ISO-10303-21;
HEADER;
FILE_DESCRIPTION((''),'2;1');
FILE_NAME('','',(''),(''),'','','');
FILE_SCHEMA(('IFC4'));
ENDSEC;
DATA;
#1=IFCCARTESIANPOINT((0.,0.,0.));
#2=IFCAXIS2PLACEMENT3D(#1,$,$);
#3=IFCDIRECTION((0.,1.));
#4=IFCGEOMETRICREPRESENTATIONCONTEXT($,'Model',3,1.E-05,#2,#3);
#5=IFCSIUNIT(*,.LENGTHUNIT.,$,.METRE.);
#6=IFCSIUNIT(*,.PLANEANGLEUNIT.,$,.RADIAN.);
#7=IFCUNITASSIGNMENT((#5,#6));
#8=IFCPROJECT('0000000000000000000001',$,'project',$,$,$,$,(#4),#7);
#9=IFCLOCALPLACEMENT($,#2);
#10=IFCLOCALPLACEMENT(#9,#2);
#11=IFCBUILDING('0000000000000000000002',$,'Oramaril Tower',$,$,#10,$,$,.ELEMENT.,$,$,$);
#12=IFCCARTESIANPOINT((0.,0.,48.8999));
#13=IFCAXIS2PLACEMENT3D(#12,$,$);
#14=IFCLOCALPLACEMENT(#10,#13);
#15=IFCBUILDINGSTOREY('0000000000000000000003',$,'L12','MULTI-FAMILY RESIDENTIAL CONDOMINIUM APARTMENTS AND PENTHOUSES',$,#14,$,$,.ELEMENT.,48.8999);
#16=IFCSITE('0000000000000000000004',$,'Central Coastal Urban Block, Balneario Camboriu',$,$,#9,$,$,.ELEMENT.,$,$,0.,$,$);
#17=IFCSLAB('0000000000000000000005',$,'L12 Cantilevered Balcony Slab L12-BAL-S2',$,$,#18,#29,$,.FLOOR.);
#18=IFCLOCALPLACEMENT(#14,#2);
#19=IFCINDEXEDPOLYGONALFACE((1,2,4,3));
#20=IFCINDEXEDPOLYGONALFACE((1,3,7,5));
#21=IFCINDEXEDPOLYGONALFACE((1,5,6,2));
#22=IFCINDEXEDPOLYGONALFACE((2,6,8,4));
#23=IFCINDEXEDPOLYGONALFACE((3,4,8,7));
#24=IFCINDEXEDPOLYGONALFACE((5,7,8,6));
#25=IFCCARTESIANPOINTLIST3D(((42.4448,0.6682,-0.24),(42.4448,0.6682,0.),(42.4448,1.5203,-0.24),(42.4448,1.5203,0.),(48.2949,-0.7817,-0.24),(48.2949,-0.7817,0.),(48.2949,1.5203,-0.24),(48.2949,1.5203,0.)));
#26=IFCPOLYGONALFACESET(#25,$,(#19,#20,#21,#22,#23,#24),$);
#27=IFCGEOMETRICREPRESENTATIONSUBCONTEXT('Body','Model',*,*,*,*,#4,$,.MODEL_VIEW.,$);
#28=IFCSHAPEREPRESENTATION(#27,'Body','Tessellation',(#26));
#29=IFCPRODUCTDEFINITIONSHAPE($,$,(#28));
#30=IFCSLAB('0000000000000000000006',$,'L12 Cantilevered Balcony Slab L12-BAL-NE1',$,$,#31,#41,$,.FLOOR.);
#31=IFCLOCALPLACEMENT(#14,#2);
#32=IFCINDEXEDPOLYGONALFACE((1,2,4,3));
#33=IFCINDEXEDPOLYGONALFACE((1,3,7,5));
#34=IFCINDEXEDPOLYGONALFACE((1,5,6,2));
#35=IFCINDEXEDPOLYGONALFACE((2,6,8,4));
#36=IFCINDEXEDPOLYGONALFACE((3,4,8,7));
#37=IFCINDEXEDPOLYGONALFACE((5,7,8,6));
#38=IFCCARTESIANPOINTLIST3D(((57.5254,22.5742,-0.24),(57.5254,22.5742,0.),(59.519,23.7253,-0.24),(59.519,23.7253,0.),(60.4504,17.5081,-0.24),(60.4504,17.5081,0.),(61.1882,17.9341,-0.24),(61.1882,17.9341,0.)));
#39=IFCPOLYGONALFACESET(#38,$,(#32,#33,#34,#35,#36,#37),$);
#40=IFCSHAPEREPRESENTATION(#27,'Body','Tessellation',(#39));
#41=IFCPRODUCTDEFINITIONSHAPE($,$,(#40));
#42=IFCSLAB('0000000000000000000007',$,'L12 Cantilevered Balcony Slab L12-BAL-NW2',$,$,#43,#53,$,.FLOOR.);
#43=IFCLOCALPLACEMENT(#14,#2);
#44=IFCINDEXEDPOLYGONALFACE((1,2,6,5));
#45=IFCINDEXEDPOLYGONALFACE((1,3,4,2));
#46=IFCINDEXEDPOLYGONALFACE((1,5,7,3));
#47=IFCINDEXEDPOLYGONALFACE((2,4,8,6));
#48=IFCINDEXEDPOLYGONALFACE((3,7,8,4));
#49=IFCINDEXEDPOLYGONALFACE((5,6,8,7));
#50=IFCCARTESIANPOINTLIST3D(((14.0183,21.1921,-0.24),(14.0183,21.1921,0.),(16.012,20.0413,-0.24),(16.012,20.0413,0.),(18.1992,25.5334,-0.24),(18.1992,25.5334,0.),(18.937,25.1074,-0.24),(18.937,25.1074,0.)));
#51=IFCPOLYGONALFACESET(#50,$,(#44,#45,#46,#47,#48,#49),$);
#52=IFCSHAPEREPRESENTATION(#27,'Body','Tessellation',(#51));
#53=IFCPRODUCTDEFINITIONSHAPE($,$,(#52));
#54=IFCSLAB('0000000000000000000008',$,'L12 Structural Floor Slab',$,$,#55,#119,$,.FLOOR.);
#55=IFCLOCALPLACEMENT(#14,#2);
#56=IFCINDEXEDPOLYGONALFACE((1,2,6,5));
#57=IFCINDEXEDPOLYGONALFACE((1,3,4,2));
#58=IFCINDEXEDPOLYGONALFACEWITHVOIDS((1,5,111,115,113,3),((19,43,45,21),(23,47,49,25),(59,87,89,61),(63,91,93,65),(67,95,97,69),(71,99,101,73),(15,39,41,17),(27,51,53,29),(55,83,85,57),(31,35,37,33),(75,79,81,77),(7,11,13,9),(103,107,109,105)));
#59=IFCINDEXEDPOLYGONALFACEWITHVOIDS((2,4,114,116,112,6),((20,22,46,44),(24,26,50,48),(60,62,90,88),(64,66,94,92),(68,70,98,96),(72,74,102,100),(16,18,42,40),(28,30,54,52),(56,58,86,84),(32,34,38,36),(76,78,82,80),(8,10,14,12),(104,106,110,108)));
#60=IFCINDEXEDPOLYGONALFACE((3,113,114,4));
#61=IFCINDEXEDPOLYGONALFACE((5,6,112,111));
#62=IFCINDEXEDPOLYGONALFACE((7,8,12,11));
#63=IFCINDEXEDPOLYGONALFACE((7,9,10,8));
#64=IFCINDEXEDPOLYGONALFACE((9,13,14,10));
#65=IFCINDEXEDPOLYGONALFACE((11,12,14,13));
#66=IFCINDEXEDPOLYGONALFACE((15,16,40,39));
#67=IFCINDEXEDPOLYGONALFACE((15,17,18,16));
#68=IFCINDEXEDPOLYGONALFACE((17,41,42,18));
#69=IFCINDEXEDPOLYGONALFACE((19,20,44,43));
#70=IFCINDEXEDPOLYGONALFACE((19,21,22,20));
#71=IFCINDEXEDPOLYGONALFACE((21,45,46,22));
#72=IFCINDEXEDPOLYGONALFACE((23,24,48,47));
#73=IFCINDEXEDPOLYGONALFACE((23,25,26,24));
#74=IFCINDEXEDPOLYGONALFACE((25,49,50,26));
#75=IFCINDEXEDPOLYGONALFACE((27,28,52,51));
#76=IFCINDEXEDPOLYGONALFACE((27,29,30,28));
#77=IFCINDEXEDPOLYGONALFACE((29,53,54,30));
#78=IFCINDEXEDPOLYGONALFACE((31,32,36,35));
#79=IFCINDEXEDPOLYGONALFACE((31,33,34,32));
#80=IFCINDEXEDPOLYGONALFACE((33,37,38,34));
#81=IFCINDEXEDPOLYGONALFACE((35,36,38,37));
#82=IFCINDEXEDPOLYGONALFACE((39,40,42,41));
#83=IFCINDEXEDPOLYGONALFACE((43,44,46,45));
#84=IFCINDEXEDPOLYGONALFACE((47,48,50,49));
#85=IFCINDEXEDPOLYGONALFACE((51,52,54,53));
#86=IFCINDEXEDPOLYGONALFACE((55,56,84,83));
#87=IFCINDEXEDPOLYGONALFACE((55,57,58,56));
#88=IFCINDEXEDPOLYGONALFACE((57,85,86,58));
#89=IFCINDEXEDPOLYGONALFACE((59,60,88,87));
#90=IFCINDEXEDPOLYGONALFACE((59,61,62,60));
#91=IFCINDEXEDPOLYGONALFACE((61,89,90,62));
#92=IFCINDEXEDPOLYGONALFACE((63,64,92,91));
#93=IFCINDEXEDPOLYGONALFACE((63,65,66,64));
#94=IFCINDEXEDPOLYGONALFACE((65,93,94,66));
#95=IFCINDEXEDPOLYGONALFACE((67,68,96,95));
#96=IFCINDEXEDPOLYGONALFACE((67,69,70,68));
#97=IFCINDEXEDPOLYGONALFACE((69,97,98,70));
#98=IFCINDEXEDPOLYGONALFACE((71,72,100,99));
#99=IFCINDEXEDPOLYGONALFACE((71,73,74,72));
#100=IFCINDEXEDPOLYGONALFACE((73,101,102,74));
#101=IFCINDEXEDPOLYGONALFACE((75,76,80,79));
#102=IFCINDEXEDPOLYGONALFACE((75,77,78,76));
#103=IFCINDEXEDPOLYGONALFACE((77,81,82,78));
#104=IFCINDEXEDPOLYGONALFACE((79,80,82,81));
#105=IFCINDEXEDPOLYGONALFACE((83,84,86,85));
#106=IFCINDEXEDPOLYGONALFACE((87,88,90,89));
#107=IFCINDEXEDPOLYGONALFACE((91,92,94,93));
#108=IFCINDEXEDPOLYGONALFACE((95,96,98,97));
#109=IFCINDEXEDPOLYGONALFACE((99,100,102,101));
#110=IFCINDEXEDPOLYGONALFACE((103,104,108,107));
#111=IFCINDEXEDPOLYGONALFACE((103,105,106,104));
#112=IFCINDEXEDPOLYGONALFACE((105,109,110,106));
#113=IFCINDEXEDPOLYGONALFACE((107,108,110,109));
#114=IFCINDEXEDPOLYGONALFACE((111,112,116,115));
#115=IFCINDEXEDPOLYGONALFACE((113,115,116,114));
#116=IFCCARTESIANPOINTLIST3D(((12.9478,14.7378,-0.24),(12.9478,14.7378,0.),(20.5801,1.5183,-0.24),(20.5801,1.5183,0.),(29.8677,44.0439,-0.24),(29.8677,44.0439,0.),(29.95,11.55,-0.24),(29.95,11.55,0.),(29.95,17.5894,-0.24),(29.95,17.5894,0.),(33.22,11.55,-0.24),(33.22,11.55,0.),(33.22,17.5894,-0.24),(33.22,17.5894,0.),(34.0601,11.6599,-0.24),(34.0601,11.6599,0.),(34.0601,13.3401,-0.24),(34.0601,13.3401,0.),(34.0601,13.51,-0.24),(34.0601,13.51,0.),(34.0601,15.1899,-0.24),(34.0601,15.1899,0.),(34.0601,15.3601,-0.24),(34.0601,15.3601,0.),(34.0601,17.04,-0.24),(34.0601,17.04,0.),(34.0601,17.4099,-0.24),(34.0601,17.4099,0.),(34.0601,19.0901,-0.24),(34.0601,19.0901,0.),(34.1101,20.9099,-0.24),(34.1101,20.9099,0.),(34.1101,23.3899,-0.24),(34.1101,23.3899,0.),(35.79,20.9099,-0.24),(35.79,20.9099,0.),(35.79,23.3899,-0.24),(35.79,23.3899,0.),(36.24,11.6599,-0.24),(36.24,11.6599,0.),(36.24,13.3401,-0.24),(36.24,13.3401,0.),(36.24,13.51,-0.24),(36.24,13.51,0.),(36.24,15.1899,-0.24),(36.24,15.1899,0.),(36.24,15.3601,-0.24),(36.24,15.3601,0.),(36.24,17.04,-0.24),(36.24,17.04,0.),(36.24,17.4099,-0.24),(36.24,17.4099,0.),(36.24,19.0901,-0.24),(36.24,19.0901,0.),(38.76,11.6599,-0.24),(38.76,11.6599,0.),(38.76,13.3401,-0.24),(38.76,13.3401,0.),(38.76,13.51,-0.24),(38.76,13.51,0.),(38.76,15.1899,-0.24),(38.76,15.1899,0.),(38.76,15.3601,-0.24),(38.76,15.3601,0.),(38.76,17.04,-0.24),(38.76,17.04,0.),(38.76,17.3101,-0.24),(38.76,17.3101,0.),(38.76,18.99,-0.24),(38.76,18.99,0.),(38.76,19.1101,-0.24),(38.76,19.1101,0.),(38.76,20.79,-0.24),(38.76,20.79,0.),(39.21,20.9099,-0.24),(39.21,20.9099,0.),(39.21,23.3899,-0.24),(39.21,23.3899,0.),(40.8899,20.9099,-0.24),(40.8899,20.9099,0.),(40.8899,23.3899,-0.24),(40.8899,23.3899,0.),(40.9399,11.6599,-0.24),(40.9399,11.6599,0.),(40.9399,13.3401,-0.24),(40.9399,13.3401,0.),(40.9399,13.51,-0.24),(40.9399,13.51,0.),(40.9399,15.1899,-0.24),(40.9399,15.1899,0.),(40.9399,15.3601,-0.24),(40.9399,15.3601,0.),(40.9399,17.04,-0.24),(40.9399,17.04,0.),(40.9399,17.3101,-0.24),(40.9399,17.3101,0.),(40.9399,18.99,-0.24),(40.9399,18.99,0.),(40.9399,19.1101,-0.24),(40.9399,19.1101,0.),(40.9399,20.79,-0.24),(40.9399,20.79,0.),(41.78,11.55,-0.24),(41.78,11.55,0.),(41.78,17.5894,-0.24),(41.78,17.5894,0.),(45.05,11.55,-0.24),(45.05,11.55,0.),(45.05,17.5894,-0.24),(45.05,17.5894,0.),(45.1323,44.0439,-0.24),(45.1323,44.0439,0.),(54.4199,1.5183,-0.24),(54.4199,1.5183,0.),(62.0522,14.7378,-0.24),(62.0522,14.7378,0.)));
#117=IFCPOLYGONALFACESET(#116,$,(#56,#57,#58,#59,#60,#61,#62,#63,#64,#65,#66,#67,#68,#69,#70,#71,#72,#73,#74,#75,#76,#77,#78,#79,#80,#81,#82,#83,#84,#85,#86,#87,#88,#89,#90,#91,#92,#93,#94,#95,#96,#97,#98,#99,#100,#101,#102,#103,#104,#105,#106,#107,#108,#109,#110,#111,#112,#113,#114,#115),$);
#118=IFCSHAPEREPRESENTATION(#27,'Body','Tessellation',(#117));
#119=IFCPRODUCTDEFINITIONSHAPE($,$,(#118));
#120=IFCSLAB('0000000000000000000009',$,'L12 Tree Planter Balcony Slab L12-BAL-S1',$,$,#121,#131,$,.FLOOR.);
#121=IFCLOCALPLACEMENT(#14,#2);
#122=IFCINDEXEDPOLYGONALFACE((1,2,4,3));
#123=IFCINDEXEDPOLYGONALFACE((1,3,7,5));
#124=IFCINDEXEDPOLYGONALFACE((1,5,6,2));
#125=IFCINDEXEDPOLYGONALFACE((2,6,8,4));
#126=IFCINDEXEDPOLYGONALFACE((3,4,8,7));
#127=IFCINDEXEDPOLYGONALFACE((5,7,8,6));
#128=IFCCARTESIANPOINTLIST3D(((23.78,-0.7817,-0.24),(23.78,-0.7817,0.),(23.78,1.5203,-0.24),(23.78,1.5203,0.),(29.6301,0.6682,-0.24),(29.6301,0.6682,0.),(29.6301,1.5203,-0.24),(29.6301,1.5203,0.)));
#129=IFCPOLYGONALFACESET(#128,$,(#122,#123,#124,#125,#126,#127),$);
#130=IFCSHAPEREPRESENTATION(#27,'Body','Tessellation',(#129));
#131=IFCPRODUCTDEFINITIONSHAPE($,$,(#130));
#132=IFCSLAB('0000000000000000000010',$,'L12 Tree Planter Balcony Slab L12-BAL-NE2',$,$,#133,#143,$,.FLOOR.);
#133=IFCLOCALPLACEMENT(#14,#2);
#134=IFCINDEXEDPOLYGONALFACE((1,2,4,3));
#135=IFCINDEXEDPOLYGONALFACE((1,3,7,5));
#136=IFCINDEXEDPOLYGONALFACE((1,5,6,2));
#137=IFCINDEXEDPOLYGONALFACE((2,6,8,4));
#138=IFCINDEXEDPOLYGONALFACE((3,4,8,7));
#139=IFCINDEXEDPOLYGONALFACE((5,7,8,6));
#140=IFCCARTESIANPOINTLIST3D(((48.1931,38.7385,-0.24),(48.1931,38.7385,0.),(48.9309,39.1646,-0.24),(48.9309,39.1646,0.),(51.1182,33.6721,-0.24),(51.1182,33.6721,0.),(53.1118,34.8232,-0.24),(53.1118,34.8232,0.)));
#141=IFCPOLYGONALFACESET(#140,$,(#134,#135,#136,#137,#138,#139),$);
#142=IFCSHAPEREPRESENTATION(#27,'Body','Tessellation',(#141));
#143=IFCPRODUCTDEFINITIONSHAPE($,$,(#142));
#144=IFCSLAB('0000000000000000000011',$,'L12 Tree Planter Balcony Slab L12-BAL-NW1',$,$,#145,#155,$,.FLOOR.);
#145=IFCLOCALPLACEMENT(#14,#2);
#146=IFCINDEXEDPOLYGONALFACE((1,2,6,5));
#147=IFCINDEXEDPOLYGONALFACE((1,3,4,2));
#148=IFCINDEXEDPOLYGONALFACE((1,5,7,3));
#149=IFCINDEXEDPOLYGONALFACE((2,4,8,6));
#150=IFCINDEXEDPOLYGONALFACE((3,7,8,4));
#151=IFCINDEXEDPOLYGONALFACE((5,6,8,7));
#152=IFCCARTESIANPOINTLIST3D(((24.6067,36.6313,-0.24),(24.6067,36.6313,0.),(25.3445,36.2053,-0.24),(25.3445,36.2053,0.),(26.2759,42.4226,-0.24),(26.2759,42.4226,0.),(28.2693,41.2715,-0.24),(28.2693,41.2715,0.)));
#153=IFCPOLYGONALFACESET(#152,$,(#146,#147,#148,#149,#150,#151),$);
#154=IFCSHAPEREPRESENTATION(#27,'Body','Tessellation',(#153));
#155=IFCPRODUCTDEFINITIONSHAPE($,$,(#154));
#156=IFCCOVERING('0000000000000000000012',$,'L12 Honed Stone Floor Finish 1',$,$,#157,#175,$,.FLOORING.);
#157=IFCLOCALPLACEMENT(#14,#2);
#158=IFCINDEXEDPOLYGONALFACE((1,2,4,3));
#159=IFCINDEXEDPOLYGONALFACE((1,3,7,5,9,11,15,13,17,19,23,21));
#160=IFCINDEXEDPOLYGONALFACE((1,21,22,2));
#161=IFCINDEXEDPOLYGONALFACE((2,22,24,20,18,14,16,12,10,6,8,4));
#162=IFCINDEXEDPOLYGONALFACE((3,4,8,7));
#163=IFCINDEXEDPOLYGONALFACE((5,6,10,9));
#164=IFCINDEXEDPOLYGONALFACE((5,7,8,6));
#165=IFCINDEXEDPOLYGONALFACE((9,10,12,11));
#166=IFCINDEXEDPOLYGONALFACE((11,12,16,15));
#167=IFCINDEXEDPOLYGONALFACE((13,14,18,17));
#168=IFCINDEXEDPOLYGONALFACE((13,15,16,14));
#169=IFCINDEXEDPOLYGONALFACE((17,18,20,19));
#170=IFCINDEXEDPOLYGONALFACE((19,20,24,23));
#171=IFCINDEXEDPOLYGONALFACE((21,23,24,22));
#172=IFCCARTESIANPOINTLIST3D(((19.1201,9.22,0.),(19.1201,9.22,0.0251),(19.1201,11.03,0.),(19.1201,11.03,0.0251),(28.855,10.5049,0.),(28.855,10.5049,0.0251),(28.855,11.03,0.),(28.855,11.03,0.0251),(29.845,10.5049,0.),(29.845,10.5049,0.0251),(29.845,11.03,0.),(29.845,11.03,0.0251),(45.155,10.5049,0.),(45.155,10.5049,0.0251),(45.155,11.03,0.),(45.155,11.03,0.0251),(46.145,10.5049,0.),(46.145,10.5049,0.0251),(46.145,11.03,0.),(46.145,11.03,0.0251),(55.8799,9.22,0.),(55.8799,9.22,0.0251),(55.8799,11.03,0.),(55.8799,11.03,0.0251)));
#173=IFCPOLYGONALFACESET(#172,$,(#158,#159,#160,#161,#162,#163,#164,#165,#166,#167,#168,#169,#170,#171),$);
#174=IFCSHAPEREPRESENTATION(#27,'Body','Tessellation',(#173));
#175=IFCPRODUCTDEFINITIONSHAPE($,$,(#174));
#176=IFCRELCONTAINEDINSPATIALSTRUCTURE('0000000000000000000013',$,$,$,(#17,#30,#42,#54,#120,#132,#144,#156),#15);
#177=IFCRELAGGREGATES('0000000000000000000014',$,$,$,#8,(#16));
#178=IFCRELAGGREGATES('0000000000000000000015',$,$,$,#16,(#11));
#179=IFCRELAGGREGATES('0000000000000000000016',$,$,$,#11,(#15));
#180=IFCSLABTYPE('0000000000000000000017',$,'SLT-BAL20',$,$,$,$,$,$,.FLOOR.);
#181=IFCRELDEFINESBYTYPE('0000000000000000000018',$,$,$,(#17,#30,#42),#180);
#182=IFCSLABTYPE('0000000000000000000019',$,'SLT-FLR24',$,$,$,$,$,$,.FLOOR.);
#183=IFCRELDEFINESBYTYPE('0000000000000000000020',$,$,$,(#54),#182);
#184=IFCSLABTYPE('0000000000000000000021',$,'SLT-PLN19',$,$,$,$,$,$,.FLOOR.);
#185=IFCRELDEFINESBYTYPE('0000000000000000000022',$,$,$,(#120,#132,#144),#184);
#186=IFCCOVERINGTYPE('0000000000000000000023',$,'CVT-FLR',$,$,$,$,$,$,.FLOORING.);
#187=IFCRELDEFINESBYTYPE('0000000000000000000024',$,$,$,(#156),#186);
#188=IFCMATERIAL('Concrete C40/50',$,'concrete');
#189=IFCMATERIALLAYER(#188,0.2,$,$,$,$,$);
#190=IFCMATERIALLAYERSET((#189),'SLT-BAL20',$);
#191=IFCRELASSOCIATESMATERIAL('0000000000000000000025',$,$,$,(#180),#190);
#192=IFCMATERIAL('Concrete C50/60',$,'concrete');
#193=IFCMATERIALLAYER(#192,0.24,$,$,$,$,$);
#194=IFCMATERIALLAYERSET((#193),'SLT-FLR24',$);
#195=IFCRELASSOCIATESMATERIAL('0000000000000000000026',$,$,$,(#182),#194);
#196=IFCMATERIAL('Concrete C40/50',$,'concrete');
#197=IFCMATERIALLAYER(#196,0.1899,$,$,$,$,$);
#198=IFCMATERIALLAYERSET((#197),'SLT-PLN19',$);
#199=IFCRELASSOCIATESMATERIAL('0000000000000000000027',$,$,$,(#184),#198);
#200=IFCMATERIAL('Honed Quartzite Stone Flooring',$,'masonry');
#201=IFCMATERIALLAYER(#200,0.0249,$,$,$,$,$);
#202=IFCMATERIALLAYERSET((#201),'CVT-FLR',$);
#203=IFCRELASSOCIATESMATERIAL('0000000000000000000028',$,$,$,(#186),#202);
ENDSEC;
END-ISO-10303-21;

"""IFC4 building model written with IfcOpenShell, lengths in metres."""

from ifc_helpers import new_model, si_unit, direction, frame, origin, place, context, subcontext, project, spatial, polyline, outline, extrude, material, layer, layer_set, type_object, element, save


model = new_model("IFC4")

# Units and contexts
model_context = context("Model", 3, precision=1e-05, world=origin(), true_north=direction((0.0, 1.0)))
body_context = subcontext(model_context, "Body", "Model", "MODEL_VIEW")
ifc_project = project(units=[si_unit("LENGTHUNIT", "METRE"), si_unit("PLANEANGLEUNIT", "RADIAN")], contexts=[model_context])

# Site, building, storey
site_placement = place(None, origin())
site = spatial("IfcSite", under=ifc_project, at=site_placement, Name="Central Coastal Urban Block, Balneario Camboriu", CompositionType="ELEMENT", RefElevation=0.0)
building_placement = place(site_placement, origin())
building = spatial("IfcBuilding", under=site, at=building_placement, Name="Oramaril Tower", CompositionType="ELEMENT")
storey_placement = place(building_placement, frame((0.0, 0.0, 48.8999)))
storey = spatial("IfcBuildingStorey", under=building, at=storey_placement, Name="L12", Description="MULTI-FAMILY RESIDENTIAL CONDOMINIUM APARTMENTS AND PENTHOUSES", CompositionType="ELEMENT", Elevation=48.8999)

# Slabs
ifc_material_1 = material(Name="Concrete C40/50", Category="concrete")
ifc_layer_1 = layer(ifc_material_1, 0.2)
ifc_layer_set_1 = layer_set([ifc_layer_1], Name="SLT-BAL20")
slab_type_1 = type_object("IfcSlabType", Name="SLT-BAL20", PredefinedType="FLOOR", material=ifc_layer_set_1)
slab_1_placement = place(storey_placement, frame((0.0, 0.0, -0.24)))
element("IfcSlab", 1, at=slab_1_placement, inside=storey, type_object=slab_type_1, Name="L12 Cantilevered Balcony Slab L12-BAL-S2", PredefinedType="FLOOR", context=body_context, shape_type="SweptSolid", body=[
    extrude(outline(polyline([(42.4448, 1.5203), (48.2949, 1.5203), (48.2949, -0.7817), (42.4448, 0.6682), (42.4448, 1.5203)])), origin(), (0.0, 0.0, 1.0), 0.24),
])
slab_2_placement = place(storey_placement, frame((0.0, 0.0, -0.24)))
element("IfcSlab", 2, at=slab_2_placement, inside=storey, type_object=slab_type_1, Name="L12 Cantilevered Balcony Slab L12-BAL-NE1", PredefinedType="FLOOR", context=body_context, shape_type="SweptSolid", body=[
    extrude(outline(polyline([(60.4504, 17.5081), (57.5254, 22.5742), (59.519, 23.7253), (61.1882, 17.9341), (60.4504, 17.5081)])), origin(), (0.0, 0.0, 1.0), 0.24),
])
slab_3_placement = place(storey_placement, frame((0.0, 0.0, -0.24)))
element("IfcSlab", 3, at=slab_3_placement, inside=storey, type_object=slab_type_1, Name="L12 Cantilevered Balcony Slab L12-BAL-NW2", PredefinedType="FLOOR", context=body_context, shape_type="SweptSolid", body=[
    extrude(outline(polyline([(18.937, 25.1074), (16.012, 20.0413), (14.0183, 21.1921), (18.1992, 25.5334), (18.937, 25.1074)])), origin(), (0.0, 0.0, 1.0), 0.24),
])
ifc_material_2 = material(Name="Concrete C50/60", Category="concrete")
ifc_layer_2 = layer(ifc_material_2, 0.24)
ifc_layer_set_2 = layer_set([ifc_layer_2], Name="SLT-FLR24")
slab_type_2 = type_object("IfcSlabType", Name="SLT-FLR24", PredefinedType="FLOOR", material=ifc_layer_set_2)
slab_4_placement = place(storey_placement, frame((0.0, 0.0, -0.24)))
element("IfcSlab", 4, at=slab_4_placement, inside=storey, type_object=slab_type_2, Name="L12 Structural Floor Slab", PredefinedType="FLOOR", context=body_context, shape_type="SweptSolid", body=[
    extrude(outline(polyline([(12.9478, 14.7378), (20.5801, 1.5183), (54.4199, 1.5183), (62.0522, 14.7378), (45.1323, 44.0439), (29.8677, 44.0439), (12.9478, 14.7378)]), holes=[polyline([(29.95, 17.5894), (29.95, 11.55), (33.22, 11.55), (33.22, 17.5894), (29.95, 17.5894)]), polyline([(41.78, 17.5894), (41.78, 11.55), (45.05, 11.55), (45.05, 17.5894), (41.78, 17.5894)]), polyline([(34.1101, 20.9099), (35.79, 20.9099), (35.79, 23.3899), (34.1101, 23.3899), (34.1101, 20.9099)]), polyline([(39.21, 20.9099), (40.8899, 20.9099), (40.8899, 23.3899), (39.21, 23.3899), (39.21, 20.9099)]), polyline([(34.0601, 11.6599), (36.24, 11.6599), (36.24, 13.3401), (34.0601, 13.3401), (34.0601, 11.6599)]), polyline([(34.0601, 13.51), (36.24, 13.51), (36.24, 15.1899), (34.0601, 15.1899), (34.0601, 13.51)]), polyline([(34.0601, 15.3601), (36.24, 15.3601), (36.24, 17.04), (34.0601, 17.04), (34.0601, 15.3601)]), polyline([(38.76, 11.6599), (40.9399, 11.6599), (40.9399, 13.3401), (38.76, 13.3401), (38.76, 11.6599)]), polyline([(38.76, 13.51), (40.9399, 13.51), (40.9399, 15.1899), (38.76, 15.1899), (38.76, 13.51)]), polyline([(38.76, 15.3601), (40.9399, 15.3601), (40.9399, 17.04), (38.76, 17.04), (38.76, 15.3601)]), polyline([(34.0601, 17.4099), (36.24, 17.4099), (36.24, 19.0901), (34.0601, 19.0901), (34.0601, 17.4099)]), polyline([(38.76, 17.3101), (40.9399, 17.3101), (40.9399, 18.99), (38.76, 18.99), (38.76, 17.3101)]), polyline([(38.76, 19.1101), (40.9399, 19.1101), (40.9399, 20.79), (38.76, 20.79), (38.76, 19.1101)])]), origin(), (0.0, 0.0, 1.0), 0.24),
])
ifc_material_3 = material(Name="Concrete C40/50", Category="concrete")
ifc_layer_3 = layer(ifc_material_3, 0.1899)
ifc_layer_set_3 = layer_set([ifc_layer_3], Name="SLT-PLN19")
slab_type_3 = type_object("IfcSlabType", Name="SLT-PLN19", PredefinedType="FLOOR", material=ifc_layer_set_3)
slab_5_placement = place(storey_placement, frame((0.0, 0.0, -0.24)))
element("IfcSlab", 5, at=slab_5_placement, inside=storey, type_object=slab_type_3, Name="L12 Tree Planter Balcony Slab L12-BAL-S1", PredefinedType="FLOOR", context=body_context, shape_type="SweptSolid", body=[
    extrude(outline(polyline([(23.78, 1.5203), (29.6301, 1.5203), (29.6301, 0.6682), (23.78, -0.7817), (23.78, 1.5203)])), origin(), (0.0, 0.0, 1.0), 0.24),
])
slab_6_placement = place(storey_placement, frame((0.0, 0.0, -0.24)))
element("IfcSlab", 6, at=slab_6_placement, inside=storey, type_object=slab_type_3, Name="L12 Tree Planter Balcony Slab L12-BAL-NE2", PredefinedType="FLOOR", context=body_context, shape_type="SweptSolid", body=[
    extrude(outline(polyline([(51.1182, 33.6721), (48.1931, 38.7385), (48.9309, 39.1646), (53.1118, 34.8232), (51.1182, 33.6721)])), origin(), (0.0, 0.0, 1.0), 0.24),
])
slab_7_placement = place(storey_placement, frame((0.0, 0.0, -0.24)))
element("IfcSlab", 7, at=slab_7_placement, inside=storey, type_object=slab_type_3, Name="L12 Tree Planter Balcony Slab L12-BAL-NW1", PredefinedType="FLOOR", context=body_context, shape_type="SweptSolid", body=[
    extrude(outline(polyline([(28.2693, 41.2715), (25.3445, 36.2053), (24.6067, 36.6313), (26.2759, 42.4226), (28.2693, 41.2715)])), origin(), (0.0, 0.0, 1.0), 0.24),
])

# Covering
ifc_material_4 = material(Name="Honed Quartzite Stone Flooring", Category="masonry")
ifc_layer_4 = layer(ifc_material_4, 0.0249)
ifc_layer_set_4 = layer_set([ifc_layer_4], Name="CVT-FLR")
covering_type = type_object("IfcCoveringType", Name="CVT-FLR", PredefinedType="FLOORING", material=ifc_layer_set_4)
covering_1_placement = place(storey_placement, origin())
element("IfcCovering", 8, at=covering_1_placement, inside=storey, type_object=covering_type, Name="L12 Honed Stone Floor Finish 1", PredefinedType="FLOORING", context=body_context, shape_type="SweptSolid", body=[
    extrude(outline(polyline([(28.855, 10.5049), (29.845, 10.5049), (29.845, 11.03), (45.155, 11.03), (45.155, 10.5049), (46.145, 10.5049), (46.145, 11.03), (55.8799, 11.03), (55.8799, 9.22), (19.1201, 9.22), (19.1201, 11.03), (28.855, 11.03), (28.855, 10.5049)])), origin(), (0.0, 0.0, 1.0), 0.0251),
])

save(model, "model.ifc")
